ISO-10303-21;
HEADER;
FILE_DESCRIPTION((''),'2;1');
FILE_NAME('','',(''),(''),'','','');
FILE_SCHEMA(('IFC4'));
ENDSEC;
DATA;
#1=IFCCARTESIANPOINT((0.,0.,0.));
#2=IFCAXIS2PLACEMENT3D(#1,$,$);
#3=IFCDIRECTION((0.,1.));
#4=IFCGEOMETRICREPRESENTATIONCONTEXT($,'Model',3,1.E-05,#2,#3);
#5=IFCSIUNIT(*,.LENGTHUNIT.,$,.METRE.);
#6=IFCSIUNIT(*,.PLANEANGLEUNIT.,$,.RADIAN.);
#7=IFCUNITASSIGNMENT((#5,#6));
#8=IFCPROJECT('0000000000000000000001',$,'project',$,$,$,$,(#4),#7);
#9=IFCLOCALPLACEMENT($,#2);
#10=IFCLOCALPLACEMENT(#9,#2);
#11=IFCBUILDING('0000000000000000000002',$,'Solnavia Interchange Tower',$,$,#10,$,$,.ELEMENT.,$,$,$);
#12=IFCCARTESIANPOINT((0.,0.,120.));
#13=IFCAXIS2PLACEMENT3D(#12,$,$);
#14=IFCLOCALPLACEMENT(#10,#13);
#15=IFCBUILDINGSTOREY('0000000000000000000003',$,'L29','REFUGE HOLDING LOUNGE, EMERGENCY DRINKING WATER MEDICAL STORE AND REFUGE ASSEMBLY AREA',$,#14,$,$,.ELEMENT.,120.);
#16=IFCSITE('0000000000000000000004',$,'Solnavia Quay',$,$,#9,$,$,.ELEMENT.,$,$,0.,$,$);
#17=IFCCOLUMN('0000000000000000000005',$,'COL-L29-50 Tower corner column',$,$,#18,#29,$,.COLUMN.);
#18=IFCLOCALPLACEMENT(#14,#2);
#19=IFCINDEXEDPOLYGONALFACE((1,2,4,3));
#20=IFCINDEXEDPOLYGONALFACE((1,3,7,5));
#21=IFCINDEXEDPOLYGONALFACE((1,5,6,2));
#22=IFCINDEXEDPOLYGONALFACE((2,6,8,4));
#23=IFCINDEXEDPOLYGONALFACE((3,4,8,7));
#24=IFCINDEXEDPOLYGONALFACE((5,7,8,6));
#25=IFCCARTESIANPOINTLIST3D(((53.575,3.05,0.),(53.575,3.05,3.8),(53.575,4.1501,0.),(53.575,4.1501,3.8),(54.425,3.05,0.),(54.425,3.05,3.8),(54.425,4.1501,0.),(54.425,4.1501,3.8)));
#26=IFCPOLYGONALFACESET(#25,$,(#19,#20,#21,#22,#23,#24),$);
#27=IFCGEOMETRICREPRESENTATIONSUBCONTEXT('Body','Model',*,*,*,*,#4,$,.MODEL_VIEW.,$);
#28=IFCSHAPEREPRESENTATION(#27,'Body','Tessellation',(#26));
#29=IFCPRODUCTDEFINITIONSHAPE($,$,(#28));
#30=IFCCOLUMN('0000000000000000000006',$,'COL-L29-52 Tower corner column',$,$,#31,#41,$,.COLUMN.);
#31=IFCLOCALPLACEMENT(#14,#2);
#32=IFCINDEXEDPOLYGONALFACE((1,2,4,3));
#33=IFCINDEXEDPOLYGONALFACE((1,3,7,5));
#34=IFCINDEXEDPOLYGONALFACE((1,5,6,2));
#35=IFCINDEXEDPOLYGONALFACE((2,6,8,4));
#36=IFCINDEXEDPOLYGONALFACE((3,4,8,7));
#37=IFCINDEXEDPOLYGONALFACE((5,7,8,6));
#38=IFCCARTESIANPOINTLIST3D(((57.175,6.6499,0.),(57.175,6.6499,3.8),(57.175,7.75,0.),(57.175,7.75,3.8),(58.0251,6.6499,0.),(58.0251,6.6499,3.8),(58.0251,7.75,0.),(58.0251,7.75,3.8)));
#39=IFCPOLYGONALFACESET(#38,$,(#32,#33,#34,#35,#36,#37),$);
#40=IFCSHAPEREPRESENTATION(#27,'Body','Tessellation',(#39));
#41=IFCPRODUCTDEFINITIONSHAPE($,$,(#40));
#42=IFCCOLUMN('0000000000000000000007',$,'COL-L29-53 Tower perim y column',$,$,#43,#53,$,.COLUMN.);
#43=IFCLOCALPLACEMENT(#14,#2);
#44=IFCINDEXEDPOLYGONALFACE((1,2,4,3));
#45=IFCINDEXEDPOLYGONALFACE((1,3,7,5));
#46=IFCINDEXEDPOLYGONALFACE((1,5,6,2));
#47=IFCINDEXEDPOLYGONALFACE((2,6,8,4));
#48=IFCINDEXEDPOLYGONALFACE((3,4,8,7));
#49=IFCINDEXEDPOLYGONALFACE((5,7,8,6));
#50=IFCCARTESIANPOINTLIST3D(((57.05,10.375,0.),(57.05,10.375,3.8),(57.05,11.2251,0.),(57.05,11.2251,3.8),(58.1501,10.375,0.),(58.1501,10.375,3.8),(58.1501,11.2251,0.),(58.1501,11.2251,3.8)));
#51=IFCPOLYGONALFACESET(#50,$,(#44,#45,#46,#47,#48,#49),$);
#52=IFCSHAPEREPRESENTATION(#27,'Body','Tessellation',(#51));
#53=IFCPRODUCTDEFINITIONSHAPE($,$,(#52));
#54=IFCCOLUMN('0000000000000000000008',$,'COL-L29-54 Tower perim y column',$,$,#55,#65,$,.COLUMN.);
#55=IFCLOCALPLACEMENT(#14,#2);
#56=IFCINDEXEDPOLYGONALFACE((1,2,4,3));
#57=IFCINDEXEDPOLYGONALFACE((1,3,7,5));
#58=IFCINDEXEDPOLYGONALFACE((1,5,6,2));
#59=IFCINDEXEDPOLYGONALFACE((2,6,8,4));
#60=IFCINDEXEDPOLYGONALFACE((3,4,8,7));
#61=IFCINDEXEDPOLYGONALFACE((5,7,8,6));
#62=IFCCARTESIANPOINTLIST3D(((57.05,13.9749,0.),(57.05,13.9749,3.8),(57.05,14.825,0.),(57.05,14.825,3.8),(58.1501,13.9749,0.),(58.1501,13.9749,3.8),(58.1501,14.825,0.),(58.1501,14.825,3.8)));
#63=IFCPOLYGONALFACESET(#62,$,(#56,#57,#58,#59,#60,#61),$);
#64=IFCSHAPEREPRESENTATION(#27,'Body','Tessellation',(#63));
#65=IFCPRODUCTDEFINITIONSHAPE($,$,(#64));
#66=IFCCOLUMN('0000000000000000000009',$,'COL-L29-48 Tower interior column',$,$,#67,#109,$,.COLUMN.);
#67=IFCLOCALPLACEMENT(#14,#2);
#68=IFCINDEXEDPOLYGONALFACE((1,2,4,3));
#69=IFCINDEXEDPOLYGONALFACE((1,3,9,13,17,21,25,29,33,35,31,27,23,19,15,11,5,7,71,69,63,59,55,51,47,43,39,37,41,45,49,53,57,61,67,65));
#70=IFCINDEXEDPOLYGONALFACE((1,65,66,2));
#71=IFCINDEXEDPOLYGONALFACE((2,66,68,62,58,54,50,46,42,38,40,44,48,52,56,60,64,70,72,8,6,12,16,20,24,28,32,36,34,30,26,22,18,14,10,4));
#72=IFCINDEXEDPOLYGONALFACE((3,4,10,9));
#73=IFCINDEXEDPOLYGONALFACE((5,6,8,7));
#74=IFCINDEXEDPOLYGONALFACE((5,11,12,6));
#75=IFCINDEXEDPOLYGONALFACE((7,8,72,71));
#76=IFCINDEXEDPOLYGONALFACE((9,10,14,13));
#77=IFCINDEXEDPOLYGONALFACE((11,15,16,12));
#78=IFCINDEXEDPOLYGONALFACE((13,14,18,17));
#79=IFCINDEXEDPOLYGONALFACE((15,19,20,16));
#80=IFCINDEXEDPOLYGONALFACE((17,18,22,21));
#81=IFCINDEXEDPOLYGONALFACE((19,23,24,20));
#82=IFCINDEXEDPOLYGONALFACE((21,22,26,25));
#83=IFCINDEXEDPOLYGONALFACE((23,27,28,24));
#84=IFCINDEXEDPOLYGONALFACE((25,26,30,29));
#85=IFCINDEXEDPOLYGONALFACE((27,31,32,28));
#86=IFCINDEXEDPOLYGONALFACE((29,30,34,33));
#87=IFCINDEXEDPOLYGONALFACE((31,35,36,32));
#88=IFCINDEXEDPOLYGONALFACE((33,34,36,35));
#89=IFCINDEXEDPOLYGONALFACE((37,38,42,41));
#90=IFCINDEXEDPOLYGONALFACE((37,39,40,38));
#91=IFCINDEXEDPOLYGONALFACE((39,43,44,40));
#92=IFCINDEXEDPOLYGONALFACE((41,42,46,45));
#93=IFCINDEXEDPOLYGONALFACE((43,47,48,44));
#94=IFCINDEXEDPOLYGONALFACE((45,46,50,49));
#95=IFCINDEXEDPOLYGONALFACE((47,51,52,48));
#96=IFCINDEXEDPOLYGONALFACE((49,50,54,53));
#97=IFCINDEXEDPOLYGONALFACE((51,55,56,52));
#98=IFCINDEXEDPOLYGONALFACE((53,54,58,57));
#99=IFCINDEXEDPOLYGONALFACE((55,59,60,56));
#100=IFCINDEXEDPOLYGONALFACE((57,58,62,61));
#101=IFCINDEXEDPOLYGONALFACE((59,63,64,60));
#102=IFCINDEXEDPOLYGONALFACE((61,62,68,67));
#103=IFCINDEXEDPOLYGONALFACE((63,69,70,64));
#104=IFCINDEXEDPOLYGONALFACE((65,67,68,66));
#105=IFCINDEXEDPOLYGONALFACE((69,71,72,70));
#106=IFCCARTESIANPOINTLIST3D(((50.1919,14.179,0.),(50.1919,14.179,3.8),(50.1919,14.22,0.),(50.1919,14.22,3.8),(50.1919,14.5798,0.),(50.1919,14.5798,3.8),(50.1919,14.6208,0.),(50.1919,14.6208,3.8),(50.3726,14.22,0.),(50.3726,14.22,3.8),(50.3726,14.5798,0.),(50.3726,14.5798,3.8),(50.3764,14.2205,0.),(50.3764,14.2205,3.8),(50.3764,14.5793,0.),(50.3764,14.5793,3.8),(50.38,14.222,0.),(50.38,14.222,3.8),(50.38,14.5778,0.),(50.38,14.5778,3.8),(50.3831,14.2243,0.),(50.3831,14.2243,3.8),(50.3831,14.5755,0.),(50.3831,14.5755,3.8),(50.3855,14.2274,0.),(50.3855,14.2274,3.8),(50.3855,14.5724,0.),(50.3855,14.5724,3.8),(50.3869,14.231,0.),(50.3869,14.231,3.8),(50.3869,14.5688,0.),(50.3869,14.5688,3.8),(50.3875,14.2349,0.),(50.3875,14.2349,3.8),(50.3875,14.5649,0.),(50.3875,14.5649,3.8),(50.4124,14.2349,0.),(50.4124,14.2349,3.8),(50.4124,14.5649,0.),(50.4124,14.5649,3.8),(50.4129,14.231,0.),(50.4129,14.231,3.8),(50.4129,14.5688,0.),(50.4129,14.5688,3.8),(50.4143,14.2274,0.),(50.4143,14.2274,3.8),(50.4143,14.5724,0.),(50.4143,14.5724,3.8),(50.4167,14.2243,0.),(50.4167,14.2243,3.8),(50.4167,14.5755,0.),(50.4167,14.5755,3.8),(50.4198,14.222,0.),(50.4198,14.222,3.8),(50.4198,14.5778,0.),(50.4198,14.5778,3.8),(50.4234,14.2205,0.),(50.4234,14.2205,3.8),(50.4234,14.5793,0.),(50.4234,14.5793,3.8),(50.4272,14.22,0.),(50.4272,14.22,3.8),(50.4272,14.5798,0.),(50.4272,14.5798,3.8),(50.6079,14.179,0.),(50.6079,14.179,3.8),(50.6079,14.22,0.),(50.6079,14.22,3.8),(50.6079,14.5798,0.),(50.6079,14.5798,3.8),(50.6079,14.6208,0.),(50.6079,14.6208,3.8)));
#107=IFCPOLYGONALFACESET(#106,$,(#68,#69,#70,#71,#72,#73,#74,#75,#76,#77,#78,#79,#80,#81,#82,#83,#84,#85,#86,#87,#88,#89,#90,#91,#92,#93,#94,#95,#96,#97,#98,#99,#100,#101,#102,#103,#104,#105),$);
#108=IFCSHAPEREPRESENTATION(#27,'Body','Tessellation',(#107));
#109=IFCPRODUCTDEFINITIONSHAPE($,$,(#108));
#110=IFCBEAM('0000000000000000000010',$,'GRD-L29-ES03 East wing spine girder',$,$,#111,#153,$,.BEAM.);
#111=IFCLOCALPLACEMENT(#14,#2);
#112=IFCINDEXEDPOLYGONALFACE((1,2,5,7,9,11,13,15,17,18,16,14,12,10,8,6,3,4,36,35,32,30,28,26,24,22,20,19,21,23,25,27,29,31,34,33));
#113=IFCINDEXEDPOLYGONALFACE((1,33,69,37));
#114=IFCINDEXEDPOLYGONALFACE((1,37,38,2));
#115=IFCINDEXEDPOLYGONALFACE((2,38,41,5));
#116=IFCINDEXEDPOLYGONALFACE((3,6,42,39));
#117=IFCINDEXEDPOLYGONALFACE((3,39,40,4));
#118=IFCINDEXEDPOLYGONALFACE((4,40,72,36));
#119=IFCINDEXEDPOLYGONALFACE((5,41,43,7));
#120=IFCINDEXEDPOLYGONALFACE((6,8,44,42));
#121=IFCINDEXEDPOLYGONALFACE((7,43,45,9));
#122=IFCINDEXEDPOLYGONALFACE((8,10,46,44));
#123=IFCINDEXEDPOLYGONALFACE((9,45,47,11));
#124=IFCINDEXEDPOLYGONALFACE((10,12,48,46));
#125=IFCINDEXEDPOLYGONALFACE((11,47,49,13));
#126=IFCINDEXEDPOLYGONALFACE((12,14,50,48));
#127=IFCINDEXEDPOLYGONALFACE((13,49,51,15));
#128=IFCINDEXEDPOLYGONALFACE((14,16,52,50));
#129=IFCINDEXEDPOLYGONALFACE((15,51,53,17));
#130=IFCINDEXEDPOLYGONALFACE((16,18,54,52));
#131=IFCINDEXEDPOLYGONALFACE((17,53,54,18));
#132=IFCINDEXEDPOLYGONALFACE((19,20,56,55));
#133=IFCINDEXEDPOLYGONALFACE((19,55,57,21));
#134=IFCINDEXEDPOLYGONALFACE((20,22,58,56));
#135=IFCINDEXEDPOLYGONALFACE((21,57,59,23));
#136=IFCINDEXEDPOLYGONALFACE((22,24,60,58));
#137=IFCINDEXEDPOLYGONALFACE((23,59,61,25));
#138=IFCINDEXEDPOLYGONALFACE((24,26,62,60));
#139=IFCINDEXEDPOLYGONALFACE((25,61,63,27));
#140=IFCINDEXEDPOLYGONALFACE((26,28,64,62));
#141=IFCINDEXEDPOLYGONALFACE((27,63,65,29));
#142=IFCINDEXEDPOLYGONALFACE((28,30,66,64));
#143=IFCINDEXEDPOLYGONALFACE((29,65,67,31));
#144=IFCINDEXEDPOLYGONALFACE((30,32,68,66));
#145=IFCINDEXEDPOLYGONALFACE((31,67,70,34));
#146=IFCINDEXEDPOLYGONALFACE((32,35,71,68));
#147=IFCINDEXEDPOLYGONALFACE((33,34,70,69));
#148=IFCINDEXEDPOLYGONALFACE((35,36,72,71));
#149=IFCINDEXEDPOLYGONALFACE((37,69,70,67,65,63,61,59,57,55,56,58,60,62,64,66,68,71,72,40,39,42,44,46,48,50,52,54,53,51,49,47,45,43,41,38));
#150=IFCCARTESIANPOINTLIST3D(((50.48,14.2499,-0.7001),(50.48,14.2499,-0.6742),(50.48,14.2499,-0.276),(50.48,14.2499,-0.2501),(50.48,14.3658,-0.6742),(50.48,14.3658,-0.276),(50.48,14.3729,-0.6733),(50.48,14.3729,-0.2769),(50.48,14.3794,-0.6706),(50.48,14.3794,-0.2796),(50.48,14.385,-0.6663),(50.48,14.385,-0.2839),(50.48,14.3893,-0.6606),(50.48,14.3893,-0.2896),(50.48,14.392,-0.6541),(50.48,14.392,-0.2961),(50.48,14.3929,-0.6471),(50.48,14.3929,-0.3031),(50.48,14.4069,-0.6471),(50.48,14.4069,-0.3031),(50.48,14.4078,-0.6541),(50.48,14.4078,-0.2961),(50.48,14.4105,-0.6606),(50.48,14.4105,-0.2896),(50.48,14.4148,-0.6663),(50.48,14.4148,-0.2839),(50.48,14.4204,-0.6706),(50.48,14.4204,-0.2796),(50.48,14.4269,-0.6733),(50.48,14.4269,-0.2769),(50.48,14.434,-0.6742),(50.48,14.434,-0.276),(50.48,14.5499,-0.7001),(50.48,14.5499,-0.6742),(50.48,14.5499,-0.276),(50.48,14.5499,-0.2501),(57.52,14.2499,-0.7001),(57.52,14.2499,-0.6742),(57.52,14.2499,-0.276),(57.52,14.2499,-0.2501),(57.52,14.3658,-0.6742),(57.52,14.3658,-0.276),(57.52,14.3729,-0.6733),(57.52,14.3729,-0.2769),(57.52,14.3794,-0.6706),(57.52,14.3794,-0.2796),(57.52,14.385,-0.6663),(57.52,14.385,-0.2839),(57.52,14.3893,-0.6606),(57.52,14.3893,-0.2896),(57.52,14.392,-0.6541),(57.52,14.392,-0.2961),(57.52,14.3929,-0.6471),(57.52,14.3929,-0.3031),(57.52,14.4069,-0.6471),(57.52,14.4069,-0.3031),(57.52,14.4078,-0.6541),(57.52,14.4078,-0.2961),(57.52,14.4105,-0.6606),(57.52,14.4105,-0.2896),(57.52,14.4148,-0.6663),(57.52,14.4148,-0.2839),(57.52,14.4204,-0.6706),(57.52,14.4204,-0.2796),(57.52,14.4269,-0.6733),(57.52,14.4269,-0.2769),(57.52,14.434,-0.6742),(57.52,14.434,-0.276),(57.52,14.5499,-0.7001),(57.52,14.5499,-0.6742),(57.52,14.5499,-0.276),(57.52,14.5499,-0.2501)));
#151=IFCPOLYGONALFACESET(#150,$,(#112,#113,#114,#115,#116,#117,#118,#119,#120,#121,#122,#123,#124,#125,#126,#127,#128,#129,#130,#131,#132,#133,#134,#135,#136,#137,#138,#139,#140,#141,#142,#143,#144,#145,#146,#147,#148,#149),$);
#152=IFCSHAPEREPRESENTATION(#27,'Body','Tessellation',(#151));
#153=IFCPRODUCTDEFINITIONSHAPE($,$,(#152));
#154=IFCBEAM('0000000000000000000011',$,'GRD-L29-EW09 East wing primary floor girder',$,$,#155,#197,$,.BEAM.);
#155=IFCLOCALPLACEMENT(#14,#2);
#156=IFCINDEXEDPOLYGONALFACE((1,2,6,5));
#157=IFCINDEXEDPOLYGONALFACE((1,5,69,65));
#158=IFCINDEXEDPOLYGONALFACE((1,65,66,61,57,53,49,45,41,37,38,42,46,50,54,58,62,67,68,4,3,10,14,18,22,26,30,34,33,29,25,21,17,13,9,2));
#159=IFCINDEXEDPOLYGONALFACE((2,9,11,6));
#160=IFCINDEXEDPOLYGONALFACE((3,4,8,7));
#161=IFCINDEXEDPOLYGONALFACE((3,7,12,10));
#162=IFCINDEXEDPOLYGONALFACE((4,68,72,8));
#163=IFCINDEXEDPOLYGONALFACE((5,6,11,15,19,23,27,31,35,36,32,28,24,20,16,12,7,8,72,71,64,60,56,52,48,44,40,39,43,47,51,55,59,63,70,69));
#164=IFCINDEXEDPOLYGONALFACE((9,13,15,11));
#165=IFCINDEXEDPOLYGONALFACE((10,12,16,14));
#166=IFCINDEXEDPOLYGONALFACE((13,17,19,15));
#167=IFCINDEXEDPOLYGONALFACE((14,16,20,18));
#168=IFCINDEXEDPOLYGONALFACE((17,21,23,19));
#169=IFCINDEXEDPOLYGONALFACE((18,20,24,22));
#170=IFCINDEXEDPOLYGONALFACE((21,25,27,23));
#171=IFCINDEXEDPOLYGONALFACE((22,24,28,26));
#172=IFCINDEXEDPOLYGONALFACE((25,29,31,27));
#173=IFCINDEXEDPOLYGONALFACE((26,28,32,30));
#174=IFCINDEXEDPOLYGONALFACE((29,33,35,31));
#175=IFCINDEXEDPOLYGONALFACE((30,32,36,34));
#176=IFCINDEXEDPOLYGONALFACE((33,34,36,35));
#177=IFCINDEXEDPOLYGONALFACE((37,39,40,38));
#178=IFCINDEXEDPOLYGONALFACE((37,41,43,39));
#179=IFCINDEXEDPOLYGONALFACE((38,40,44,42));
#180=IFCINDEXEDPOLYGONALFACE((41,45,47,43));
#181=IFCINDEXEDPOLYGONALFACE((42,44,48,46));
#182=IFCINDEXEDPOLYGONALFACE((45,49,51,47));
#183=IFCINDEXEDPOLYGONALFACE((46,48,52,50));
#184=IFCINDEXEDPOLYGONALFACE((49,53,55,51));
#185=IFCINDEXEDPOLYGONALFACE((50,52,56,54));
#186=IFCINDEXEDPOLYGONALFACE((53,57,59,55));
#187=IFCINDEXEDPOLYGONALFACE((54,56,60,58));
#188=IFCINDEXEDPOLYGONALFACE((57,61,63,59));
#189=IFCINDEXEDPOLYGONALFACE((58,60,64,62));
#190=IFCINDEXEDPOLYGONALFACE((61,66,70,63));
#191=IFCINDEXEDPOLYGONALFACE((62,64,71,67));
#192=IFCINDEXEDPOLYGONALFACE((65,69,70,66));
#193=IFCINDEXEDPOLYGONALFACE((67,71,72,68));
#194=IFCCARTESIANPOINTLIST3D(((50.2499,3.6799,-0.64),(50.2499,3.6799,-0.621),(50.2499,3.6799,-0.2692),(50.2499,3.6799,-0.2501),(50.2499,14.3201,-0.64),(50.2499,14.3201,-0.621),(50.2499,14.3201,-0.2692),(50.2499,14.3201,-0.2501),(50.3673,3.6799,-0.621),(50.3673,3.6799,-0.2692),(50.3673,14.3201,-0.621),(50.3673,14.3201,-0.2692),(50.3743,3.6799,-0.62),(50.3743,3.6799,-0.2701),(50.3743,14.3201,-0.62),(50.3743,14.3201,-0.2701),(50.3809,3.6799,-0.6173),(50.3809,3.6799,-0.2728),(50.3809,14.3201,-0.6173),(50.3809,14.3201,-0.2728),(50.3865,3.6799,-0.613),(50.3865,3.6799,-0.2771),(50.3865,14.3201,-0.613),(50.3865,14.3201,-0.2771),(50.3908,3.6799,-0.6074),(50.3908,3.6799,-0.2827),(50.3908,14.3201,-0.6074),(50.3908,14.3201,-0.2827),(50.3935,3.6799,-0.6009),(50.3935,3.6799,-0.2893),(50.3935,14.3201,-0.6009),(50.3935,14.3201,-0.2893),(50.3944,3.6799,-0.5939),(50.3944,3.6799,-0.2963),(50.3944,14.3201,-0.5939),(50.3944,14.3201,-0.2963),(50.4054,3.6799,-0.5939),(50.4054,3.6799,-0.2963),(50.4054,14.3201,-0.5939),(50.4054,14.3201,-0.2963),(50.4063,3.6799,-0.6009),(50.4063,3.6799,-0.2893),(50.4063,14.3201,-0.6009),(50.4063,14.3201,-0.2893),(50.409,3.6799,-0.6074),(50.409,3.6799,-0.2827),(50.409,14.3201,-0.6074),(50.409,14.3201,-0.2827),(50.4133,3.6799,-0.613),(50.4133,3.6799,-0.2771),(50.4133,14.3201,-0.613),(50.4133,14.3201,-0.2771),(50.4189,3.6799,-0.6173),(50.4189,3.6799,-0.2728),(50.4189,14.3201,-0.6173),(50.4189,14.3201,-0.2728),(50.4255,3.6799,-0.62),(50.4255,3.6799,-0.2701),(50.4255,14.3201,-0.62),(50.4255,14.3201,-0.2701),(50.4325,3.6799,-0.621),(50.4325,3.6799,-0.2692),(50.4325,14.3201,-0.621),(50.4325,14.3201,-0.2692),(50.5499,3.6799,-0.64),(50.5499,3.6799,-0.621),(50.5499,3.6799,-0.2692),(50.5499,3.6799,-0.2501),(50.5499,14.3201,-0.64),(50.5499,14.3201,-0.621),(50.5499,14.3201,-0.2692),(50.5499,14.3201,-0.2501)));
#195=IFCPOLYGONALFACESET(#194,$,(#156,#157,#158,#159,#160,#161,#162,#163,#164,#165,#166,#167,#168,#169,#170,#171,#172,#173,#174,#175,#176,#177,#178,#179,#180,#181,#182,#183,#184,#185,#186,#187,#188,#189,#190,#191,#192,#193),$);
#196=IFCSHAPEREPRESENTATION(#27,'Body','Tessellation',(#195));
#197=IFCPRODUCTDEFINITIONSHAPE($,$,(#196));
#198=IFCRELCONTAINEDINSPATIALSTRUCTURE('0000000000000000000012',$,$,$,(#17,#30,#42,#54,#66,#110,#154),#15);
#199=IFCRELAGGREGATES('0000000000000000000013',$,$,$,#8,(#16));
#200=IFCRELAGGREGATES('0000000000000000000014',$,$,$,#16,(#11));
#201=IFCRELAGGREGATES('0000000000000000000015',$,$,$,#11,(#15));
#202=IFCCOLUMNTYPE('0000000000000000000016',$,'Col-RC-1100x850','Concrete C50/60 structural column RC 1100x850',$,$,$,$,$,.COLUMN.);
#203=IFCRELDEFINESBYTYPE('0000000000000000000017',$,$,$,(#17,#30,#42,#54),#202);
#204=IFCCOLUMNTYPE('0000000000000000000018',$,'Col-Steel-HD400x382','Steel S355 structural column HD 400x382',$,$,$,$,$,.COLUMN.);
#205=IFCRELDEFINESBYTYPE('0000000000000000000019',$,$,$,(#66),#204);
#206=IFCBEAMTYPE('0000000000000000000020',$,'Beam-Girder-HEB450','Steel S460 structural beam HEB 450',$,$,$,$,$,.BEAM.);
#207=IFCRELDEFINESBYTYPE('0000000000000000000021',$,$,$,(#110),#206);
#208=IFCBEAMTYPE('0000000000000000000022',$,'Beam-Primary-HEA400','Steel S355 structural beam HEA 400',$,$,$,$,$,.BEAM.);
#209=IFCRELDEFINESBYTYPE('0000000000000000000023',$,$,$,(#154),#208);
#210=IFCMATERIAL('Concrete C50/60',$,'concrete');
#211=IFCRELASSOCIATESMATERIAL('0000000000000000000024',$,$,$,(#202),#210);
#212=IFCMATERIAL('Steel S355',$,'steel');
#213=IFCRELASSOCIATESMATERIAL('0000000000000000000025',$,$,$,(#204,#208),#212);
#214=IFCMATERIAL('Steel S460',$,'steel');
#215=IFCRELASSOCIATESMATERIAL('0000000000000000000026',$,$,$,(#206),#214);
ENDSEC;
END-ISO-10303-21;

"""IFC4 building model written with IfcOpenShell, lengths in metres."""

from ifc_helpers import new_model, si_unit, direction, frame, origin, origin_2d, place, context, subcontext, project, spatial, rectangle, i_section, extrude, material, material_profile, profile_set, type_object, element, save


model = new_model("IFC4")

# Units and contexts
model_context = context("Model", 3, precision=1e-05, world=origin(), true_north=direction((0.0, 1.0)))
body_context = subcontext(model_context, "Body", "Model", "MODEL_VIEW")
ifc_project = project(units=[si_unit("LENGTHUNIT", "METRE"), si_unit("PLANEANGLEUNIT", "RADIAN")], contexts=[model_context])

# Site, building, storey
site_placement = place(None, origin())
site = spatial("IfcSite", under=ifc_project, at=site_placement, Name="Solnavia Quay", CompositionType="ELEMENT", RefElevation=0.0)
building_placement = place(site_placement, origin())
building = spatial("IfcBuilding", under=site, at=building_placement, Name="Solnavia Interchange Tower", CompositionType="ELEMENT")
storey_placement = place(building_placement, frame((0.0, 0.0, 120.0)))
storey = spatial("IfcBuildingStorey", under=building, at=storey_placement, Name="L29", Description="REFUGE HOLDING LOUNGE, EMERGENCY DRINKING WATER MEDICAL STORE AND REFUGE ASSEMBLY AREA", CompositionType="ELEMENT", Elevation=120.0)

# Columns
ifc_material_1 = material(Name="Concrete C50/60", Category="concrete")
ifc_material_profile_1 = material_profile(ifc_material_1, rectangle(XDim=0.8501, YDim=1.1001, at=origin_2d()), Name="RC 1100x850")
ifc_profile_set_1 = profile_set([ifc_material_profile_1], Name="Concrete C50/60")
column_type_1 = type_object("IfcColumnType", Name="Col-RC-1100x850", Description="Concrete C50/60 structural column RC 1100x850", PredefinedType="COLUMN", material=ifc_profile_set_1)
for number, where, z_axis, x_axis, name in (
    (1, (54.0, 3.6001, 0.0), (0.0, 0.0, 1.0), (1.0, 0.0, 0.0), "COL-L29-50 Tower corner column"),
    (2, (57.6001, 7.2, 0.0), (0.0, 0.0, 1.0), (1.0, 0.0, 0.0), "COL-L29-52 Tower corner column"),
    (3, (57.6001, 10.8, 0.0), (0.0, 0.0, 1.0), (0.0, 1.0, 0.0), "COL-L29-53 Tower perim y column"),
    (4, (57.6001, 14.3999, 0.0), (0.0, 0.0, 1.0), (0.0, 1.0, 0.0), "COL-L29-54 Tower perim y column"),
):
    element("IfcColumn", number, at=place(storey_placement, frame(where, z_axis=z_axis, x_axis=x_axis)), inside=storey, type_object=column_type_1, Name=name, PredefinedType="COLUMN", context=body_context, shape_type="SweptSolid", body=[
        extrude(rectangle(XDim=0.8501, YDim=1.1001, at=origin_2d()), origin(), (0.0, 0.0, 1.0), 3.8),
    ])
ifc_material_2 = material(Name="Steel S355", Category="steel")
ifc_material_profile_2 = material_profile(ifc_material_2, i_section(OverallWidth=0.416, OverallDepth=0.4419, WebThickness=0.0249, FlangeThickness=0.041, FilletRadius=0.0149, at=origin_2d()), Name="HD 400x382")
ifc_profile_set_2 = profile_set([ifc_material_profile_2], Name="Steel S355")
column_type_2 = type_object("IfcColumnType", Name="Col-Steel-HD400x382", Description="Steel S355 structural column HD 400x382", PredefinedType="COLUMN", material=ifc_profile_set_2)
column_placement = place(storey_placement, frame((50.3999, 14.3999, 0.0), z_axis=(0.0, 0.0, 1.0), x_axis=(1.0, 0.0, 0.0)))
element("IfcColumn", 5, at=column_placement, inside=storey, type_object=column_type_2, Name="COL-L29-48 Tower interior column", PredefinedType="COLUMN", context=body_context, shape_type="SweptSolid", body=[
    extrude(i_section(OverallWidth=0.416, OverallDepth=0.4419, WebThickness=0.0249, FlangeThickness=0.041, FilletRadius=0.0149, at=origin_2d()), origin(), (0.0, 0.0, 1.0), 3.8),
])

# Beams
ifc_material_3 = material(Name="Steel S460", Category="steel")
ifc_material_profile_3 = material_profile(ifc_material_3, i_section(OverallWidth=0.3, OverallDepth=0.45, WebThickness=0.0139, FlangeThickness=0.0259, FilletRadius=0.0271, at=origin_2d()), Name="HEB 450")
ifc_profile_set_3 = profile_set([ifc_material_profile_3], Name="Steel S460")
beam_type_1 = type_object("IfcBeamType", Name="Beam-Girder-HEB450", Description="Steel S460 structural beam HEB 450", PredefinedType="BEAM", material=ifc_profile_set_3)
beam_1_placement = place(storey_placement, frame((50.48, 14.3999, -0.4751), z_axis=(1.0, 0.0, 0.0), x_axis=(0.0, 1.0, 0.0)))
element("IfcBeam", 6, at=beam_1_placement, inside=storey, type_object=beam_type_1, Name="GRD-L29-ES03 East wing spine girder", PredefinedType="BEAM", context=body_context, shape_type="SweptSolid", body=[
    extrude(i_section(OverallWidth=0.3, OverallDepth=0.45, WebThickness=0.0139, FlangeThickness=0.0259, FilletRadius=0.0271, at=origin_2d()), origin(), (0.0, 0.0, 1.0), 7.04),
])
ifc_material_profile_4 = material_profile(ifc_material_2, i_section(OverallWidth=0.3, OverallDepth=0.3899, WebThickness=0.011, FlangeThickness=0.019, FilletRadius=0.0271, at=origin_2d()), Name="HEA 400")
ifc_profile_set_4 = profile_set([ifc_material_profile_4], Name="Steel S355")
beam_type_2 = type_object("IfcBeamType", Name="Beam-Primary-HEA400", Description="Steel S355 structural beam HEA 400", PredefinedType="BEAM", material=ifc_profile_set_4)
for number, where, z_axis, x_axis, name in (
    (7, (50.3999, 3.6799, -0.4451), (0.0, 1.0, 0.0), (-1.0, 0.0, 0.0), "GRD-L29-EW09 East wing primary floor girder"),
):
    element("IfcBeam", number, at=place(storey_placement, frame(where, z_axis=z_axis, x_axis=x_axis)), inside=storey, type_object=beam_type_2, Name=name, PredefinedType="BEAM", context=body_context, shape_type="SweptSolid", body=[
        extrude(i_section(OverallWidth=0.3, OverallDepth=0.3899, WebThickness=0.011, FlangeThickness=0.019, FilletRadius=0.0271, at=origin_2d()), origin(), (0.0, 0.0, 1.0), 10.6401),
    ])

save(model, "model.ifc")
